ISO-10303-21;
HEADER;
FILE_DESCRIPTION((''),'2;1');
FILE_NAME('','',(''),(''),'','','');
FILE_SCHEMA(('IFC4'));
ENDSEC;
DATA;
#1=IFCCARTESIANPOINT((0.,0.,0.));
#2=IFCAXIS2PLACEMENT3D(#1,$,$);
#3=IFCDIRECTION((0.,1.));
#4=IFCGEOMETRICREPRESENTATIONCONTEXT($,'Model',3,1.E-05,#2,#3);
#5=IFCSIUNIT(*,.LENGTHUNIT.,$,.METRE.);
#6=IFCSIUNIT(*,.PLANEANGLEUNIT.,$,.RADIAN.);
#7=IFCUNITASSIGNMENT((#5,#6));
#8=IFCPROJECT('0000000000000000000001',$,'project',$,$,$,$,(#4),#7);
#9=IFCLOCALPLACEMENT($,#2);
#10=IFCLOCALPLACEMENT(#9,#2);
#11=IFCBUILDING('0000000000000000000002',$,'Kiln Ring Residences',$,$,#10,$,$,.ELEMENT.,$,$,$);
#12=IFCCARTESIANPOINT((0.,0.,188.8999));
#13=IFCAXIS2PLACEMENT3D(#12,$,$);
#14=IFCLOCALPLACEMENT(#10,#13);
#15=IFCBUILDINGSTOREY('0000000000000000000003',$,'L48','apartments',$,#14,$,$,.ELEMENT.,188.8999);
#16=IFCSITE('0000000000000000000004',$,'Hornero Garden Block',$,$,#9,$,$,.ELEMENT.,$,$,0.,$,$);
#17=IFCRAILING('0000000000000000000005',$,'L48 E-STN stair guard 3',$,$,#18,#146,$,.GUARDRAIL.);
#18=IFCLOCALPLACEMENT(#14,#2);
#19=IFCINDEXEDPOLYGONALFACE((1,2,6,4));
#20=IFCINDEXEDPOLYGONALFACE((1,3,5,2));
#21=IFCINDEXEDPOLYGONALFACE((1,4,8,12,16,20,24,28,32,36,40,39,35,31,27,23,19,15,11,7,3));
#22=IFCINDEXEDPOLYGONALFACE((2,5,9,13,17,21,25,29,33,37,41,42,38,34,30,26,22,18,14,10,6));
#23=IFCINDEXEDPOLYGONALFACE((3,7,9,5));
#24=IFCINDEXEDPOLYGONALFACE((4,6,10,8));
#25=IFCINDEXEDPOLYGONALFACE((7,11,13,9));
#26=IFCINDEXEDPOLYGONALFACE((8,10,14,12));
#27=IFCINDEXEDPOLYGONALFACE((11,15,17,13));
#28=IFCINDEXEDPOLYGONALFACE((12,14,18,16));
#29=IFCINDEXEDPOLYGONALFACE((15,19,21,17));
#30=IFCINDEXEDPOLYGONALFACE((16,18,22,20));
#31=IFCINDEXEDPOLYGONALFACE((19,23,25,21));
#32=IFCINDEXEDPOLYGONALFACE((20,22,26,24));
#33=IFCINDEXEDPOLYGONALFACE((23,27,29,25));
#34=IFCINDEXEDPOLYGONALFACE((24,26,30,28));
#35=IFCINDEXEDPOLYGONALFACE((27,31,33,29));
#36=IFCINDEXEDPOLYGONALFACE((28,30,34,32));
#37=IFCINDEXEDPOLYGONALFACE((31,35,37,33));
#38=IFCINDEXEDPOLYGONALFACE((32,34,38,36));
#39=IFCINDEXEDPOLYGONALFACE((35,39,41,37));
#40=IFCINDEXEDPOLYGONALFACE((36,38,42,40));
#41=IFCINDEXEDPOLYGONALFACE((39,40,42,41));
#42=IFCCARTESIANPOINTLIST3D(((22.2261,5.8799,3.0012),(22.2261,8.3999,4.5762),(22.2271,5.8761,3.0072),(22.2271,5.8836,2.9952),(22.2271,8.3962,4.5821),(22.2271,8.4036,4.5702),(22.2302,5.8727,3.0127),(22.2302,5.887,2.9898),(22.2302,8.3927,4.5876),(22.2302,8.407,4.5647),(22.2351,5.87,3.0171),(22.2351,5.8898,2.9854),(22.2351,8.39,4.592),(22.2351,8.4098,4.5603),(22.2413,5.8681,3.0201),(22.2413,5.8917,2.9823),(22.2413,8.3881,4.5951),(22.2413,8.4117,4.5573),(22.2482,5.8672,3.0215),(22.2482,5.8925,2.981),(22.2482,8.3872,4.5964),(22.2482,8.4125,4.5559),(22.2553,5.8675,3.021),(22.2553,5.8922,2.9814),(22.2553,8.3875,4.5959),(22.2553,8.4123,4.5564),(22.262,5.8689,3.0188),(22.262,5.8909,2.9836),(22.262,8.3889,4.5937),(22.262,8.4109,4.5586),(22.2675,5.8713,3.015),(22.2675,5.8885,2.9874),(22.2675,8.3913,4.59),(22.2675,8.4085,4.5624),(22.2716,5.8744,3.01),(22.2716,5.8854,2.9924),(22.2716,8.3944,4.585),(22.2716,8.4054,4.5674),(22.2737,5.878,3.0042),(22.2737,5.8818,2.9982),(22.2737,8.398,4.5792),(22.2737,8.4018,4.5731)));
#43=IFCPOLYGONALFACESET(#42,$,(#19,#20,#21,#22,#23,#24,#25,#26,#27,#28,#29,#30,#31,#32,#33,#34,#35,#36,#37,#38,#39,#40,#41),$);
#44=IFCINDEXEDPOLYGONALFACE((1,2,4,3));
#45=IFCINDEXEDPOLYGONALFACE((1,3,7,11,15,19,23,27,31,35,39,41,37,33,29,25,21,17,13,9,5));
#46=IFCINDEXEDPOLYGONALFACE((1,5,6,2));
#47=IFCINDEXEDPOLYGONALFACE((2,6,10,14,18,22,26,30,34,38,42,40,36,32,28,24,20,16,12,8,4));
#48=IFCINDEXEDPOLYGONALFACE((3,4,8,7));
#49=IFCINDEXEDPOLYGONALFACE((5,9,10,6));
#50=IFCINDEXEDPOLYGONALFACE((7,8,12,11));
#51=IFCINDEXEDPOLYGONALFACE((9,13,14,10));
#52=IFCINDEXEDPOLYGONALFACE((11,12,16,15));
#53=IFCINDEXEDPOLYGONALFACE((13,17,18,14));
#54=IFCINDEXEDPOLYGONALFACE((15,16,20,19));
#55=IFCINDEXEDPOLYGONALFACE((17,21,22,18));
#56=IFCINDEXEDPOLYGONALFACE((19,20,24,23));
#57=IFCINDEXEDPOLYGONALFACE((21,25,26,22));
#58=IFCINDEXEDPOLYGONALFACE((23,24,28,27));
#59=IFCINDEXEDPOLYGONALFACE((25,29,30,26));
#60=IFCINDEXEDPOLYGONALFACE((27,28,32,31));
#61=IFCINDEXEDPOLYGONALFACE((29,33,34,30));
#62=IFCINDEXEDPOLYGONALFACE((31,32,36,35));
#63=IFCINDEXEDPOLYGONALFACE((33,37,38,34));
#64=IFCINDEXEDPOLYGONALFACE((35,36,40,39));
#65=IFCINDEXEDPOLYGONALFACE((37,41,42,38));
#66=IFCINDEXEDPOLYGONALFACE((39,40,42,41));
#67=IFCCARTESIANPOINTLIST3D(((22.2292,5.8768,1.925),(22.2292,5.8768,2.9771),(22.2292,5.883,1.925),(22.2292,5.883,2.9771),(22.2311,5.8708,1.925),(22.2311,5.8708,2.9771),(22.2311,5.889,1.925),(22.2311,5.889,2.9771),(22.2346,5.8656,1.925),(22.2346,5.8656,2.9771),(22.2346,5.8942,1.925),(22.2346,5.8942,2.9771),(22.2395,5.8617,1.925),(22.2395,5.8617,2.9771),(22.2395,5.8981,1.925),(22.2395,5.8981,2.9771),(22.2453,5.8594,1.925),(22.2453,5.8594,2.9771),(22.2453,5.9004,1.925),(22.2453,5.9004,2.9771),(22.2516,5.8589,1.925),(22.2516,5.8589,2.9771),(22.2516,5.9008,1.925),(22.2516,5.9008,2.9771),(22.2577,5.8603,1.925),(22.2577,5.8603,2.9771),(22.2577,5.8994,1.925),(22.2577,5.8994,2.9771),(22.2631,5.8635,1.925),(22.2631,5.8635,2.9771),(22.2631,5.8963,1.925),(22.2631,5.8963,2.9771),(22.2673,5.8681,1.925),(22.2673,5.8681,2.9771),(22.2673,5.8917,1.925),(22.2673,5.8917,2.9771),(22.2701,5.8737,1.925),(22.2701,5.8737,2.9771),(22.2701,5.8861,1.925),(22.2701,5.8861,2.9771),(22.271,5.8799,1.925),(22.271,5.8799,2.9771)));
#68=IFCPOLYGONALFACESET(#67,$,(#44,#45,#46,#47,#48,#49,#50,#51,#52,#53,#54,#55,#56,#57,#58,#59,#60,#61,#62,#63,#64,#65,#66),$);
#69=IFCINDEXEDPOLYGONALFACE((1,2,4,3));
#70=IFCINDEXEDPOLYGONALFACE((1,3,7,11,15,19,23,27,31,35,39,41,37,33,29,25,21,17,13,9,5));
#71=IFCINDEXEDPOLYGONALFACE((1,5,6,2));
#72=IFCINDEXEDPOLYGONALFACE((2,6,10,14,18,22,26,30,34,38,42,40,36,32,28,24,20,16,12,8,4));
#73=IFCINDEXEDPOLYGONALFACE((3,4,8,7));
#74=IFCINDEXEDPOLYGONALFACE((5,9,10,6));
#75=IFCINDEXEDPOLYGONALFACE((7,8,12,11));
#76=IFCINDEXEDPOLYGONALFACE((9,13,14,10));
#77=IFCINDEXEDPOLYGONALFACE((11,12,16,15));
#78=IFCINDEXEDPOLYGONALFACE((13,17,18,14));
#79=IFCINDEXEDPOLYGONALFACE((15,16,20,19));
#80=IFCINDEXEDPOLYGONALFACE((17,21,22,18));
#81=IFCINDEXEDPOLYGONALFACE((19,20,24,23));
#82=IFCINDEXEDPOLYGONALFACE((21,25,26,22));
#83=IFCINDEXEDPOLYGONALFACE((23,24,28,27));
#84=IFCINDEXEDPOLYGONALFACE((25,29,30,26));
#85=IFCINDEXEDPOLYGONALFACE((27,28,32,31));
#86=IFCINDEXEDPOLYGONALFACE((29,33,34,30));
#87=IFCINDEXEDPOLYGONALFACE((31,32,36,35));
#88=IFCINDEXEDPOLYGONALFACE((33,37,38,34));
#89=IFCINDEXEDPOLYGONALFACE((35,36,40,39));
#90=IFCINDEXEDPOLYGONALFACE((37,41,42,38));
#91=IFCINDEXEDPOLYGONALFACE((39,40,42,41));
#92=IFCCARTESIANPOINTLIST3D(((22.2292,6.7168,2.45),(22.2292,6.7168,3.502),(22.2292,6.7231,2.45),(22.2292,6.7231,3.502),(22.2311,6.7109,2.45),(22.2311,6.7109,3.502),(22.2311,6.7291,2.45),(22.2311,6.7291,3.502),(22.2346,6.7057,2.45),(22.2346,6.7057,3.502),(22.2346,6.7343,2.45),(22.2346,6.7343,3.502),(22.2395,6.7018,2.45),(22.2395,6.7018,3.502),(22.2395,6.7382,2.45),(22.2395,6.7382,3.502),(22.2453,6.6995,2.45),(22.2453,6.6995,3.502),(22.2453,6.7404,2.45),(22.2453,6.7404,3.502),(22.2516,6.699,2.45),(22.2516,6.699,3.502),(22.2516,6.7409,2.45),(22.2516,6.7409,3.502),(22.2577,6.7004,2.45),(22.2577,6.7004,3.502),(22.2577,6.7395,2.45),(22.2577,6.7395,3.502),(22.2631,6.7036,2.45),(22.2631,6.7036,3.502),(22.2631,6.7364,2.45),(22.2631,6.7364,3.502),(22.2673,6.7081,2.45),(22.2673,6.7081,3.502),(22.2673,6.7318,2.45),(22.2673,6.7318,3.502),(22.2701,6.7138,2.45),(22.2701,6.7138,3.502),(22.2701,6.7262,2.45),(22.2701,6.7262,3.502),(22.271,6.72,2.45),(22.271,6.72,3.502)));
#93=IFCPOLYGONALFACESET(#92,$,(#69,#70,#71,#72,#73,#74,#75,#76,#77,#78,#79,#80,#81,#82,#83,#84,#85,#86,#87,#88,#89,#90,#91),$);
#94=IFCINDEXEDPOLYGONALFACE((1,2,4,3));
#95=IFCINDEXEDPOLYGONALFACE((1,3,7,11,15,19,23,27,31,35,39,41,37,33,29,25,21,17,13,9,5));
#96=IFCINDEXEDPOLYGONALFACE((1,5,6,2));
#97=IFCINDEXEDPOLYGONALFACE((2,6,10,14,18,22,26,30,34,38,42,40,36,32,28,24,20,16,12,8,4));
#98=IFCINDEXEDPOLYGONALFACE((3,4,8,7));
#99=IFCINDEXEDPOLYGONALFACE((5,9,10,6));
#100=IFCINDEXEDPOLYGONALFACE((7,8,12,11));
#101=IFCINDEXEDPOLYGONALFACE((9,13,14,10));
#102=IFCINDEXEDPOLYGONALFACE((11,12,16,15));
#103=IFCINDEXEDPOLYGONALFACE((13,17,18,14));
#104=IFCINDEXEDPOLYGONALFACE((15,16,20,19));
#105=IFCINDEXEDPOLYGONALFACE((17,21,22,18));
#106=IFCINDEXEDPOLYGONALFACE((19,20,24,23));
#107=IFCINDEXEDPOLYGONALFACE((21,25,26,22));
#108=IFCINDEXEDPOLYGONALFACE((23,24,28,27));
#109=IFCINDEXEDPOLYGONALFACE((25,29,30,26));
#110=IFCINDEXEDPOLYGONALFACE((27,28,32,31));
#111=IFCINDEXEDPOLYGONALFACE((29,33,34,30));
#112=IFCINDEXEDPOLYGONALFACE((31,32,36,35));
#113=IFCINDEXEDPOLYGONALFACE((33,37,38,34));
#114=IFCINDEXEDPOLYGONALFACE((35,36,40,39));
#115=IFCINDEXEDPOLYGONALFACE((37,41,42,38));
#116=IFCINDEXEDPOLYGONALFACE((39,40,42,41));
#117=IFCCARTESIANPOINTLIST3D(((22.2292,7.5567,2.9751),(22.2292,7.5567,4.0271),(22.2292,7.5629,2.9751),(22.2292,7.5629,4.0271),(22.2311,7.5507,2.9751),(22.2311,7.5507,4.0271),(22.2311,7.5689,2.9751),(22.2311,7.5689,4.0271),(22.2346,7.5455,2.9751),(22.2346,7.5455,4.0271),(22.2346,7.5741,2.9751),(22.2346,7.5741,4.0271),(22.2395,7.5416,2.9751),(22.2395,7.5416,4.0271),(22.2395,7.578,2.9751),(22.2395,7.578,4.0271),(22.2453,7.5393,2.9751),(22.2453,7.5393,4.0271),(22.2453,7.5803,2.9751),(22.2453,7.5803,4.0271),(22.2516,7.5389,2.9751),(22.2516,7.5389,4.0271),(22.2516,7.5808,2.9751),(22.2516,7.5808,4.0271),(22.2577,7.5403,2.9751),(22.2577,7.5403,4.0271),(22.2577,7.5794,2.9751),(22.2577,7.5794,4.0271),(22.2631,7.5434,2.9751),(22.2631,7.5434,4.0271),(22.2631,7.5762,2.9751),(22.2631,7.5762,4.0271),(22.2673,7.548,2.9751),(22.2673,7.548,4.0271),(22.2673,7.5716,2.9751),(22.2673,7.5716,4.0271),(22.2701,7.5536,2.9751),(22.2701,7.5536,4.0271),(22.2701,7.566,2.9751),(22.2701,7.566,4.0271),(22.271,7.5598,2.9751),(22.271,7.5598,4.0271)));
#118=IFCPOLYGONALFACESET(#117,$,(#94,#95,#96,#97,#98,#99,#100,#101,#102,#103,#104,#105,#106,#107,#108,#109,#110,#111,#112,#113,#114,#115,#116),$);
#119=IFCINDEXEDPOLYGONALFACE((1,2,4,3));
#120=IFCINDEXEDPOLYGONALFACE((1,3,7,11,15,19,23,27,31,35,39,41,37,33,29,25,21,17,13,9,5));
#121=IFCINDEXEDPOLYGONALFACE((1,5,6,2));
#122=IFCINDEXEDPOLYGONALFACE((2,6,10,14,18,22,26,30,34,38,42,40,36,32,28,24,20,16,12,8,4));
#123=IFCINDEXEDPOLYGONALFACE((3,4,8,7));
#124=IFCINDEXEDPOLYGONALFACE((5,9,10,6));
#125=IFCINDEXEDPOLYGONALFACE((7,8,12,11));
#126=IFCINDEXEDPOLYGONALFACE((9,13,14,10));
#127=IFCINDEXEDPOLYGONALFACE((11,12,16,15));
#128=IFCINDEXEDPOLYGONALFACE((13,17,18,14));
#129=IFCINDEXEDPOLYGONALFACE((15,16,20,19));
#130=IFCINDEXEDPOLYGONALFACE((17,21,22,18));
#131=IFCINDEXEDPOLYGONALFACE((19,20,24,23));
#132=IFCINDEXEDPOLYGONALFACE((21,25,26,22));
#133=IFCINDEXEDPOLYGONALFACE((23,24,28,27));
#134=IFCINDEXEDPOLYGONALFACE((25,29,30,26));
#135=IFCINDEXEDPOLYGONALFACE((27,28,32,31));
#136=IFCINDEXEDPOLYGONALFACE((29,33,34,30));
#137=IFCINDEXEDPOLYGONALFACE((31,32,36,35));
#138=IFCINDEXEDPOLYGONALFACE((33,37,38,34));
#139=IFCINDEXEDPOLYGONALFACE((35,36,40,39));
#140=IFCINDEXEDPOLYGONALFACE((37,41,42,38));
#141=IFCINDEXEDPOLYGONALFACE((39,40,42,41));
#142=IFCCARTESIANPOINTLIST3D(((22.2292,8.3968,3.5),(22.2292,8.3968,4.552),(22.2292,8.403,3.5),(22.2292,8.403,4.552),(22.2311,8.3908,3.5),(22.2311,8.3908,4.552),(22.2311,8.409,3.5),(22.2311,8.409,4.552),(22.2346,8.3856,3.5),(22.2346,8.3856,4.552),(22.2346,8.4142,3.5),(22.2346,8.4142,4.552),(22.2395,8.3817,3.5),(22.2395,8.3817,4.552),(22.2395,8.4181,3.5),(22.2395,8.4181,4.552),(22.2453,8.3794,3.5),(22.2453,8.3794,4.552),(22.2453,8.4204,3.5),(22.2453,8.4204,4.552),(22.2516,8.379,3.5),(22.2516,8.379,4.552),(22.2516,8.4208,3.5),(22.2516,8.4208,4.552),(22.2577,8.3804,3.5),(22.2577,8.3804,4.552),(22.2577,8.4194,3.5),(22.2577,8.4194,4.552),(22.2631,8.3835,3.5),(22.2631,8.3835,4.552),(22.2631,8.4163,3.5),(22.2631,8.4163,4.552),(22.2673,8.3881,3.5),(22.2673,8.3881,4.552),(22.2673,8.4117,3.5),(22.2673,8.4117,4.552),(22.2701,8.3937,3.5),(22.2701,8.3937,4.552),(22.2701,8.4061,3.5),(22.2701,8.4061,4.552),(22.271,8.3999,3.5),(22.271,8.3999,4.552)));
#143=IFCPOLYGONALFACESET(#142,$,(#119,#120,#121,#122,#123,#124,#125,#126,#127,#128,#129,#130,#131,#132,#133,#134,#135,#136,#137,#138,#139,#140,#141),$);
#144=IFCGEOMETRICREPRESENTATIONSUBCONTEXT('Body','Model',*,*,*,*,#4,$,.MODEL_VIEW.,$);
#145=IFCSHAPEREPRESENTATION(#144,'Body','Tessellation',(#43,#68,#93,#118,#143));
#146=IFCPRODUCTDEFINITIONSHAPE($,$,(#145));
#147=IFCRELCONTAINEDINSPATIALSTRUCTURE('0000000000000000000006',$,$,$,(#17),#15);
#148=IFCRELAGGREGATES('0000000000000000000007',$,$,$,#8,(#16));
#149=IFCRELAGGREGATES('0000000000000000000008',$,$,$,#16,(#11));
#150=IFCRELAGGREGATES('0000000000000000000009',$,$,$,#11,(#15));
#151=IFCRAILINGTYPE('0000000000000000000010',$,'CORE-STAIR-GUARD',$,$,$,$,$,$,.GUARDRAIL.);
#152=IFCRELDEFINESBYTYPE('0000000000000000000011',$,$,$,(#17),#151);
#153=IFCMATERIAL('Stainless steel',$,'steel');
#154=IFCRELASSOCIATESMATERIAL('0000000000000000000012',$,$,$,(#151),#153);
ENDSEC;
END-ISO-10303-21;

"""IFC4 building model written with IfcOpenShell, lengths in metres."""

from ifc_helpers import new_model, si_unit, direction, frame, origin, origin_2d, place, context, subcontext, project, spatial, circle, extrude, material, type_object, element, save


model = new_model("IFC4")

# Units and contexts
model_context = context("Model", 3, precision=1e-05, world=origin(), true_north=direction((0.0, 1.0)))
body_context = subcontext(model_context, "Body", "Model", "MODEL_VIEW")
ifc_project = project(units=[si_unit("LENGTHUNIT", "METRE"), si_unit("PLANEANGLEUNIT", "RADIAN")], contexts=[model_context])

# Site, building, storey
site_placement = place(None, origin())
site = spatial("IfcSite", under=ifc_project, at=site_placement, Name="Hornero Garden Block", CompositionType="ELEMENT", RefElevation=0.0)
building_placement = place(site_placement, origin())
building = spatial("IfcBuilding", under=site, at=building_placement, Name="Kiln Ring Residences", CompositionType="ELEMENT")
storey_placement = place(building_placement, frame((0.0, 0.0, 188.8999)))
storey = spatial("IfcBuildingStorey", under=building, at=storey_placement, Name="L48", Description="apartments", CompositionType="ELEMENT", Elevation=188.8999)

# Railing
ifc_material_1 = material(Name="Stainless steel", Category="steel")
railing_type_1 = type_object("IfcRailingType", Name="CORE-STAIR-GUARD", PredefinedType="GUARDRAIL", material=ifc_material_1)
railing_1_placement = place(storey_placement, frame((22.25, 5.8799, 1.925)))
element("IfcRailing", 1, at=railing_1_placement, inside=storey, type_object=railing_type_1, Name="L48 E-STN stair guard 3", PredefinedType="GUARDRAIL", context=body_context, shape_type="SweptSolid", body=[
    extrude(circle(Radius=0.0239, at=origin_2d()), frame((0.0, 0.0, 1.0762), z_axis=(0.0, 0.848008, 0.529984), x_axis=(-1.0, 0.0, 0.0)), (0.0, 0.0, 1.0), 2.9717),
    extrude(circle(Radius=0.021, at=origin_2d()), origin(), (0.0, 0.0, 1.0), 1.052),
    extrude(circle(Radius=0.021, at=origin_2d()), frame((0.0, 0.8401, 0.5249)), (0.0, 0.0, 1.0), 1.052),
    extrude(circle(Radius=0.021, at=origin_2d()), frame((0.0, 1.6799, 1.05)), (0.0, 0.0, 1.0), 1.052),
    extrude(circle(Radius=0.021, at=origin_2d()), frame((0.0, 2.52, 1.575)), (0.0, 0.0, 1.0), 1.052),
])

save(model, "model.ifc")
